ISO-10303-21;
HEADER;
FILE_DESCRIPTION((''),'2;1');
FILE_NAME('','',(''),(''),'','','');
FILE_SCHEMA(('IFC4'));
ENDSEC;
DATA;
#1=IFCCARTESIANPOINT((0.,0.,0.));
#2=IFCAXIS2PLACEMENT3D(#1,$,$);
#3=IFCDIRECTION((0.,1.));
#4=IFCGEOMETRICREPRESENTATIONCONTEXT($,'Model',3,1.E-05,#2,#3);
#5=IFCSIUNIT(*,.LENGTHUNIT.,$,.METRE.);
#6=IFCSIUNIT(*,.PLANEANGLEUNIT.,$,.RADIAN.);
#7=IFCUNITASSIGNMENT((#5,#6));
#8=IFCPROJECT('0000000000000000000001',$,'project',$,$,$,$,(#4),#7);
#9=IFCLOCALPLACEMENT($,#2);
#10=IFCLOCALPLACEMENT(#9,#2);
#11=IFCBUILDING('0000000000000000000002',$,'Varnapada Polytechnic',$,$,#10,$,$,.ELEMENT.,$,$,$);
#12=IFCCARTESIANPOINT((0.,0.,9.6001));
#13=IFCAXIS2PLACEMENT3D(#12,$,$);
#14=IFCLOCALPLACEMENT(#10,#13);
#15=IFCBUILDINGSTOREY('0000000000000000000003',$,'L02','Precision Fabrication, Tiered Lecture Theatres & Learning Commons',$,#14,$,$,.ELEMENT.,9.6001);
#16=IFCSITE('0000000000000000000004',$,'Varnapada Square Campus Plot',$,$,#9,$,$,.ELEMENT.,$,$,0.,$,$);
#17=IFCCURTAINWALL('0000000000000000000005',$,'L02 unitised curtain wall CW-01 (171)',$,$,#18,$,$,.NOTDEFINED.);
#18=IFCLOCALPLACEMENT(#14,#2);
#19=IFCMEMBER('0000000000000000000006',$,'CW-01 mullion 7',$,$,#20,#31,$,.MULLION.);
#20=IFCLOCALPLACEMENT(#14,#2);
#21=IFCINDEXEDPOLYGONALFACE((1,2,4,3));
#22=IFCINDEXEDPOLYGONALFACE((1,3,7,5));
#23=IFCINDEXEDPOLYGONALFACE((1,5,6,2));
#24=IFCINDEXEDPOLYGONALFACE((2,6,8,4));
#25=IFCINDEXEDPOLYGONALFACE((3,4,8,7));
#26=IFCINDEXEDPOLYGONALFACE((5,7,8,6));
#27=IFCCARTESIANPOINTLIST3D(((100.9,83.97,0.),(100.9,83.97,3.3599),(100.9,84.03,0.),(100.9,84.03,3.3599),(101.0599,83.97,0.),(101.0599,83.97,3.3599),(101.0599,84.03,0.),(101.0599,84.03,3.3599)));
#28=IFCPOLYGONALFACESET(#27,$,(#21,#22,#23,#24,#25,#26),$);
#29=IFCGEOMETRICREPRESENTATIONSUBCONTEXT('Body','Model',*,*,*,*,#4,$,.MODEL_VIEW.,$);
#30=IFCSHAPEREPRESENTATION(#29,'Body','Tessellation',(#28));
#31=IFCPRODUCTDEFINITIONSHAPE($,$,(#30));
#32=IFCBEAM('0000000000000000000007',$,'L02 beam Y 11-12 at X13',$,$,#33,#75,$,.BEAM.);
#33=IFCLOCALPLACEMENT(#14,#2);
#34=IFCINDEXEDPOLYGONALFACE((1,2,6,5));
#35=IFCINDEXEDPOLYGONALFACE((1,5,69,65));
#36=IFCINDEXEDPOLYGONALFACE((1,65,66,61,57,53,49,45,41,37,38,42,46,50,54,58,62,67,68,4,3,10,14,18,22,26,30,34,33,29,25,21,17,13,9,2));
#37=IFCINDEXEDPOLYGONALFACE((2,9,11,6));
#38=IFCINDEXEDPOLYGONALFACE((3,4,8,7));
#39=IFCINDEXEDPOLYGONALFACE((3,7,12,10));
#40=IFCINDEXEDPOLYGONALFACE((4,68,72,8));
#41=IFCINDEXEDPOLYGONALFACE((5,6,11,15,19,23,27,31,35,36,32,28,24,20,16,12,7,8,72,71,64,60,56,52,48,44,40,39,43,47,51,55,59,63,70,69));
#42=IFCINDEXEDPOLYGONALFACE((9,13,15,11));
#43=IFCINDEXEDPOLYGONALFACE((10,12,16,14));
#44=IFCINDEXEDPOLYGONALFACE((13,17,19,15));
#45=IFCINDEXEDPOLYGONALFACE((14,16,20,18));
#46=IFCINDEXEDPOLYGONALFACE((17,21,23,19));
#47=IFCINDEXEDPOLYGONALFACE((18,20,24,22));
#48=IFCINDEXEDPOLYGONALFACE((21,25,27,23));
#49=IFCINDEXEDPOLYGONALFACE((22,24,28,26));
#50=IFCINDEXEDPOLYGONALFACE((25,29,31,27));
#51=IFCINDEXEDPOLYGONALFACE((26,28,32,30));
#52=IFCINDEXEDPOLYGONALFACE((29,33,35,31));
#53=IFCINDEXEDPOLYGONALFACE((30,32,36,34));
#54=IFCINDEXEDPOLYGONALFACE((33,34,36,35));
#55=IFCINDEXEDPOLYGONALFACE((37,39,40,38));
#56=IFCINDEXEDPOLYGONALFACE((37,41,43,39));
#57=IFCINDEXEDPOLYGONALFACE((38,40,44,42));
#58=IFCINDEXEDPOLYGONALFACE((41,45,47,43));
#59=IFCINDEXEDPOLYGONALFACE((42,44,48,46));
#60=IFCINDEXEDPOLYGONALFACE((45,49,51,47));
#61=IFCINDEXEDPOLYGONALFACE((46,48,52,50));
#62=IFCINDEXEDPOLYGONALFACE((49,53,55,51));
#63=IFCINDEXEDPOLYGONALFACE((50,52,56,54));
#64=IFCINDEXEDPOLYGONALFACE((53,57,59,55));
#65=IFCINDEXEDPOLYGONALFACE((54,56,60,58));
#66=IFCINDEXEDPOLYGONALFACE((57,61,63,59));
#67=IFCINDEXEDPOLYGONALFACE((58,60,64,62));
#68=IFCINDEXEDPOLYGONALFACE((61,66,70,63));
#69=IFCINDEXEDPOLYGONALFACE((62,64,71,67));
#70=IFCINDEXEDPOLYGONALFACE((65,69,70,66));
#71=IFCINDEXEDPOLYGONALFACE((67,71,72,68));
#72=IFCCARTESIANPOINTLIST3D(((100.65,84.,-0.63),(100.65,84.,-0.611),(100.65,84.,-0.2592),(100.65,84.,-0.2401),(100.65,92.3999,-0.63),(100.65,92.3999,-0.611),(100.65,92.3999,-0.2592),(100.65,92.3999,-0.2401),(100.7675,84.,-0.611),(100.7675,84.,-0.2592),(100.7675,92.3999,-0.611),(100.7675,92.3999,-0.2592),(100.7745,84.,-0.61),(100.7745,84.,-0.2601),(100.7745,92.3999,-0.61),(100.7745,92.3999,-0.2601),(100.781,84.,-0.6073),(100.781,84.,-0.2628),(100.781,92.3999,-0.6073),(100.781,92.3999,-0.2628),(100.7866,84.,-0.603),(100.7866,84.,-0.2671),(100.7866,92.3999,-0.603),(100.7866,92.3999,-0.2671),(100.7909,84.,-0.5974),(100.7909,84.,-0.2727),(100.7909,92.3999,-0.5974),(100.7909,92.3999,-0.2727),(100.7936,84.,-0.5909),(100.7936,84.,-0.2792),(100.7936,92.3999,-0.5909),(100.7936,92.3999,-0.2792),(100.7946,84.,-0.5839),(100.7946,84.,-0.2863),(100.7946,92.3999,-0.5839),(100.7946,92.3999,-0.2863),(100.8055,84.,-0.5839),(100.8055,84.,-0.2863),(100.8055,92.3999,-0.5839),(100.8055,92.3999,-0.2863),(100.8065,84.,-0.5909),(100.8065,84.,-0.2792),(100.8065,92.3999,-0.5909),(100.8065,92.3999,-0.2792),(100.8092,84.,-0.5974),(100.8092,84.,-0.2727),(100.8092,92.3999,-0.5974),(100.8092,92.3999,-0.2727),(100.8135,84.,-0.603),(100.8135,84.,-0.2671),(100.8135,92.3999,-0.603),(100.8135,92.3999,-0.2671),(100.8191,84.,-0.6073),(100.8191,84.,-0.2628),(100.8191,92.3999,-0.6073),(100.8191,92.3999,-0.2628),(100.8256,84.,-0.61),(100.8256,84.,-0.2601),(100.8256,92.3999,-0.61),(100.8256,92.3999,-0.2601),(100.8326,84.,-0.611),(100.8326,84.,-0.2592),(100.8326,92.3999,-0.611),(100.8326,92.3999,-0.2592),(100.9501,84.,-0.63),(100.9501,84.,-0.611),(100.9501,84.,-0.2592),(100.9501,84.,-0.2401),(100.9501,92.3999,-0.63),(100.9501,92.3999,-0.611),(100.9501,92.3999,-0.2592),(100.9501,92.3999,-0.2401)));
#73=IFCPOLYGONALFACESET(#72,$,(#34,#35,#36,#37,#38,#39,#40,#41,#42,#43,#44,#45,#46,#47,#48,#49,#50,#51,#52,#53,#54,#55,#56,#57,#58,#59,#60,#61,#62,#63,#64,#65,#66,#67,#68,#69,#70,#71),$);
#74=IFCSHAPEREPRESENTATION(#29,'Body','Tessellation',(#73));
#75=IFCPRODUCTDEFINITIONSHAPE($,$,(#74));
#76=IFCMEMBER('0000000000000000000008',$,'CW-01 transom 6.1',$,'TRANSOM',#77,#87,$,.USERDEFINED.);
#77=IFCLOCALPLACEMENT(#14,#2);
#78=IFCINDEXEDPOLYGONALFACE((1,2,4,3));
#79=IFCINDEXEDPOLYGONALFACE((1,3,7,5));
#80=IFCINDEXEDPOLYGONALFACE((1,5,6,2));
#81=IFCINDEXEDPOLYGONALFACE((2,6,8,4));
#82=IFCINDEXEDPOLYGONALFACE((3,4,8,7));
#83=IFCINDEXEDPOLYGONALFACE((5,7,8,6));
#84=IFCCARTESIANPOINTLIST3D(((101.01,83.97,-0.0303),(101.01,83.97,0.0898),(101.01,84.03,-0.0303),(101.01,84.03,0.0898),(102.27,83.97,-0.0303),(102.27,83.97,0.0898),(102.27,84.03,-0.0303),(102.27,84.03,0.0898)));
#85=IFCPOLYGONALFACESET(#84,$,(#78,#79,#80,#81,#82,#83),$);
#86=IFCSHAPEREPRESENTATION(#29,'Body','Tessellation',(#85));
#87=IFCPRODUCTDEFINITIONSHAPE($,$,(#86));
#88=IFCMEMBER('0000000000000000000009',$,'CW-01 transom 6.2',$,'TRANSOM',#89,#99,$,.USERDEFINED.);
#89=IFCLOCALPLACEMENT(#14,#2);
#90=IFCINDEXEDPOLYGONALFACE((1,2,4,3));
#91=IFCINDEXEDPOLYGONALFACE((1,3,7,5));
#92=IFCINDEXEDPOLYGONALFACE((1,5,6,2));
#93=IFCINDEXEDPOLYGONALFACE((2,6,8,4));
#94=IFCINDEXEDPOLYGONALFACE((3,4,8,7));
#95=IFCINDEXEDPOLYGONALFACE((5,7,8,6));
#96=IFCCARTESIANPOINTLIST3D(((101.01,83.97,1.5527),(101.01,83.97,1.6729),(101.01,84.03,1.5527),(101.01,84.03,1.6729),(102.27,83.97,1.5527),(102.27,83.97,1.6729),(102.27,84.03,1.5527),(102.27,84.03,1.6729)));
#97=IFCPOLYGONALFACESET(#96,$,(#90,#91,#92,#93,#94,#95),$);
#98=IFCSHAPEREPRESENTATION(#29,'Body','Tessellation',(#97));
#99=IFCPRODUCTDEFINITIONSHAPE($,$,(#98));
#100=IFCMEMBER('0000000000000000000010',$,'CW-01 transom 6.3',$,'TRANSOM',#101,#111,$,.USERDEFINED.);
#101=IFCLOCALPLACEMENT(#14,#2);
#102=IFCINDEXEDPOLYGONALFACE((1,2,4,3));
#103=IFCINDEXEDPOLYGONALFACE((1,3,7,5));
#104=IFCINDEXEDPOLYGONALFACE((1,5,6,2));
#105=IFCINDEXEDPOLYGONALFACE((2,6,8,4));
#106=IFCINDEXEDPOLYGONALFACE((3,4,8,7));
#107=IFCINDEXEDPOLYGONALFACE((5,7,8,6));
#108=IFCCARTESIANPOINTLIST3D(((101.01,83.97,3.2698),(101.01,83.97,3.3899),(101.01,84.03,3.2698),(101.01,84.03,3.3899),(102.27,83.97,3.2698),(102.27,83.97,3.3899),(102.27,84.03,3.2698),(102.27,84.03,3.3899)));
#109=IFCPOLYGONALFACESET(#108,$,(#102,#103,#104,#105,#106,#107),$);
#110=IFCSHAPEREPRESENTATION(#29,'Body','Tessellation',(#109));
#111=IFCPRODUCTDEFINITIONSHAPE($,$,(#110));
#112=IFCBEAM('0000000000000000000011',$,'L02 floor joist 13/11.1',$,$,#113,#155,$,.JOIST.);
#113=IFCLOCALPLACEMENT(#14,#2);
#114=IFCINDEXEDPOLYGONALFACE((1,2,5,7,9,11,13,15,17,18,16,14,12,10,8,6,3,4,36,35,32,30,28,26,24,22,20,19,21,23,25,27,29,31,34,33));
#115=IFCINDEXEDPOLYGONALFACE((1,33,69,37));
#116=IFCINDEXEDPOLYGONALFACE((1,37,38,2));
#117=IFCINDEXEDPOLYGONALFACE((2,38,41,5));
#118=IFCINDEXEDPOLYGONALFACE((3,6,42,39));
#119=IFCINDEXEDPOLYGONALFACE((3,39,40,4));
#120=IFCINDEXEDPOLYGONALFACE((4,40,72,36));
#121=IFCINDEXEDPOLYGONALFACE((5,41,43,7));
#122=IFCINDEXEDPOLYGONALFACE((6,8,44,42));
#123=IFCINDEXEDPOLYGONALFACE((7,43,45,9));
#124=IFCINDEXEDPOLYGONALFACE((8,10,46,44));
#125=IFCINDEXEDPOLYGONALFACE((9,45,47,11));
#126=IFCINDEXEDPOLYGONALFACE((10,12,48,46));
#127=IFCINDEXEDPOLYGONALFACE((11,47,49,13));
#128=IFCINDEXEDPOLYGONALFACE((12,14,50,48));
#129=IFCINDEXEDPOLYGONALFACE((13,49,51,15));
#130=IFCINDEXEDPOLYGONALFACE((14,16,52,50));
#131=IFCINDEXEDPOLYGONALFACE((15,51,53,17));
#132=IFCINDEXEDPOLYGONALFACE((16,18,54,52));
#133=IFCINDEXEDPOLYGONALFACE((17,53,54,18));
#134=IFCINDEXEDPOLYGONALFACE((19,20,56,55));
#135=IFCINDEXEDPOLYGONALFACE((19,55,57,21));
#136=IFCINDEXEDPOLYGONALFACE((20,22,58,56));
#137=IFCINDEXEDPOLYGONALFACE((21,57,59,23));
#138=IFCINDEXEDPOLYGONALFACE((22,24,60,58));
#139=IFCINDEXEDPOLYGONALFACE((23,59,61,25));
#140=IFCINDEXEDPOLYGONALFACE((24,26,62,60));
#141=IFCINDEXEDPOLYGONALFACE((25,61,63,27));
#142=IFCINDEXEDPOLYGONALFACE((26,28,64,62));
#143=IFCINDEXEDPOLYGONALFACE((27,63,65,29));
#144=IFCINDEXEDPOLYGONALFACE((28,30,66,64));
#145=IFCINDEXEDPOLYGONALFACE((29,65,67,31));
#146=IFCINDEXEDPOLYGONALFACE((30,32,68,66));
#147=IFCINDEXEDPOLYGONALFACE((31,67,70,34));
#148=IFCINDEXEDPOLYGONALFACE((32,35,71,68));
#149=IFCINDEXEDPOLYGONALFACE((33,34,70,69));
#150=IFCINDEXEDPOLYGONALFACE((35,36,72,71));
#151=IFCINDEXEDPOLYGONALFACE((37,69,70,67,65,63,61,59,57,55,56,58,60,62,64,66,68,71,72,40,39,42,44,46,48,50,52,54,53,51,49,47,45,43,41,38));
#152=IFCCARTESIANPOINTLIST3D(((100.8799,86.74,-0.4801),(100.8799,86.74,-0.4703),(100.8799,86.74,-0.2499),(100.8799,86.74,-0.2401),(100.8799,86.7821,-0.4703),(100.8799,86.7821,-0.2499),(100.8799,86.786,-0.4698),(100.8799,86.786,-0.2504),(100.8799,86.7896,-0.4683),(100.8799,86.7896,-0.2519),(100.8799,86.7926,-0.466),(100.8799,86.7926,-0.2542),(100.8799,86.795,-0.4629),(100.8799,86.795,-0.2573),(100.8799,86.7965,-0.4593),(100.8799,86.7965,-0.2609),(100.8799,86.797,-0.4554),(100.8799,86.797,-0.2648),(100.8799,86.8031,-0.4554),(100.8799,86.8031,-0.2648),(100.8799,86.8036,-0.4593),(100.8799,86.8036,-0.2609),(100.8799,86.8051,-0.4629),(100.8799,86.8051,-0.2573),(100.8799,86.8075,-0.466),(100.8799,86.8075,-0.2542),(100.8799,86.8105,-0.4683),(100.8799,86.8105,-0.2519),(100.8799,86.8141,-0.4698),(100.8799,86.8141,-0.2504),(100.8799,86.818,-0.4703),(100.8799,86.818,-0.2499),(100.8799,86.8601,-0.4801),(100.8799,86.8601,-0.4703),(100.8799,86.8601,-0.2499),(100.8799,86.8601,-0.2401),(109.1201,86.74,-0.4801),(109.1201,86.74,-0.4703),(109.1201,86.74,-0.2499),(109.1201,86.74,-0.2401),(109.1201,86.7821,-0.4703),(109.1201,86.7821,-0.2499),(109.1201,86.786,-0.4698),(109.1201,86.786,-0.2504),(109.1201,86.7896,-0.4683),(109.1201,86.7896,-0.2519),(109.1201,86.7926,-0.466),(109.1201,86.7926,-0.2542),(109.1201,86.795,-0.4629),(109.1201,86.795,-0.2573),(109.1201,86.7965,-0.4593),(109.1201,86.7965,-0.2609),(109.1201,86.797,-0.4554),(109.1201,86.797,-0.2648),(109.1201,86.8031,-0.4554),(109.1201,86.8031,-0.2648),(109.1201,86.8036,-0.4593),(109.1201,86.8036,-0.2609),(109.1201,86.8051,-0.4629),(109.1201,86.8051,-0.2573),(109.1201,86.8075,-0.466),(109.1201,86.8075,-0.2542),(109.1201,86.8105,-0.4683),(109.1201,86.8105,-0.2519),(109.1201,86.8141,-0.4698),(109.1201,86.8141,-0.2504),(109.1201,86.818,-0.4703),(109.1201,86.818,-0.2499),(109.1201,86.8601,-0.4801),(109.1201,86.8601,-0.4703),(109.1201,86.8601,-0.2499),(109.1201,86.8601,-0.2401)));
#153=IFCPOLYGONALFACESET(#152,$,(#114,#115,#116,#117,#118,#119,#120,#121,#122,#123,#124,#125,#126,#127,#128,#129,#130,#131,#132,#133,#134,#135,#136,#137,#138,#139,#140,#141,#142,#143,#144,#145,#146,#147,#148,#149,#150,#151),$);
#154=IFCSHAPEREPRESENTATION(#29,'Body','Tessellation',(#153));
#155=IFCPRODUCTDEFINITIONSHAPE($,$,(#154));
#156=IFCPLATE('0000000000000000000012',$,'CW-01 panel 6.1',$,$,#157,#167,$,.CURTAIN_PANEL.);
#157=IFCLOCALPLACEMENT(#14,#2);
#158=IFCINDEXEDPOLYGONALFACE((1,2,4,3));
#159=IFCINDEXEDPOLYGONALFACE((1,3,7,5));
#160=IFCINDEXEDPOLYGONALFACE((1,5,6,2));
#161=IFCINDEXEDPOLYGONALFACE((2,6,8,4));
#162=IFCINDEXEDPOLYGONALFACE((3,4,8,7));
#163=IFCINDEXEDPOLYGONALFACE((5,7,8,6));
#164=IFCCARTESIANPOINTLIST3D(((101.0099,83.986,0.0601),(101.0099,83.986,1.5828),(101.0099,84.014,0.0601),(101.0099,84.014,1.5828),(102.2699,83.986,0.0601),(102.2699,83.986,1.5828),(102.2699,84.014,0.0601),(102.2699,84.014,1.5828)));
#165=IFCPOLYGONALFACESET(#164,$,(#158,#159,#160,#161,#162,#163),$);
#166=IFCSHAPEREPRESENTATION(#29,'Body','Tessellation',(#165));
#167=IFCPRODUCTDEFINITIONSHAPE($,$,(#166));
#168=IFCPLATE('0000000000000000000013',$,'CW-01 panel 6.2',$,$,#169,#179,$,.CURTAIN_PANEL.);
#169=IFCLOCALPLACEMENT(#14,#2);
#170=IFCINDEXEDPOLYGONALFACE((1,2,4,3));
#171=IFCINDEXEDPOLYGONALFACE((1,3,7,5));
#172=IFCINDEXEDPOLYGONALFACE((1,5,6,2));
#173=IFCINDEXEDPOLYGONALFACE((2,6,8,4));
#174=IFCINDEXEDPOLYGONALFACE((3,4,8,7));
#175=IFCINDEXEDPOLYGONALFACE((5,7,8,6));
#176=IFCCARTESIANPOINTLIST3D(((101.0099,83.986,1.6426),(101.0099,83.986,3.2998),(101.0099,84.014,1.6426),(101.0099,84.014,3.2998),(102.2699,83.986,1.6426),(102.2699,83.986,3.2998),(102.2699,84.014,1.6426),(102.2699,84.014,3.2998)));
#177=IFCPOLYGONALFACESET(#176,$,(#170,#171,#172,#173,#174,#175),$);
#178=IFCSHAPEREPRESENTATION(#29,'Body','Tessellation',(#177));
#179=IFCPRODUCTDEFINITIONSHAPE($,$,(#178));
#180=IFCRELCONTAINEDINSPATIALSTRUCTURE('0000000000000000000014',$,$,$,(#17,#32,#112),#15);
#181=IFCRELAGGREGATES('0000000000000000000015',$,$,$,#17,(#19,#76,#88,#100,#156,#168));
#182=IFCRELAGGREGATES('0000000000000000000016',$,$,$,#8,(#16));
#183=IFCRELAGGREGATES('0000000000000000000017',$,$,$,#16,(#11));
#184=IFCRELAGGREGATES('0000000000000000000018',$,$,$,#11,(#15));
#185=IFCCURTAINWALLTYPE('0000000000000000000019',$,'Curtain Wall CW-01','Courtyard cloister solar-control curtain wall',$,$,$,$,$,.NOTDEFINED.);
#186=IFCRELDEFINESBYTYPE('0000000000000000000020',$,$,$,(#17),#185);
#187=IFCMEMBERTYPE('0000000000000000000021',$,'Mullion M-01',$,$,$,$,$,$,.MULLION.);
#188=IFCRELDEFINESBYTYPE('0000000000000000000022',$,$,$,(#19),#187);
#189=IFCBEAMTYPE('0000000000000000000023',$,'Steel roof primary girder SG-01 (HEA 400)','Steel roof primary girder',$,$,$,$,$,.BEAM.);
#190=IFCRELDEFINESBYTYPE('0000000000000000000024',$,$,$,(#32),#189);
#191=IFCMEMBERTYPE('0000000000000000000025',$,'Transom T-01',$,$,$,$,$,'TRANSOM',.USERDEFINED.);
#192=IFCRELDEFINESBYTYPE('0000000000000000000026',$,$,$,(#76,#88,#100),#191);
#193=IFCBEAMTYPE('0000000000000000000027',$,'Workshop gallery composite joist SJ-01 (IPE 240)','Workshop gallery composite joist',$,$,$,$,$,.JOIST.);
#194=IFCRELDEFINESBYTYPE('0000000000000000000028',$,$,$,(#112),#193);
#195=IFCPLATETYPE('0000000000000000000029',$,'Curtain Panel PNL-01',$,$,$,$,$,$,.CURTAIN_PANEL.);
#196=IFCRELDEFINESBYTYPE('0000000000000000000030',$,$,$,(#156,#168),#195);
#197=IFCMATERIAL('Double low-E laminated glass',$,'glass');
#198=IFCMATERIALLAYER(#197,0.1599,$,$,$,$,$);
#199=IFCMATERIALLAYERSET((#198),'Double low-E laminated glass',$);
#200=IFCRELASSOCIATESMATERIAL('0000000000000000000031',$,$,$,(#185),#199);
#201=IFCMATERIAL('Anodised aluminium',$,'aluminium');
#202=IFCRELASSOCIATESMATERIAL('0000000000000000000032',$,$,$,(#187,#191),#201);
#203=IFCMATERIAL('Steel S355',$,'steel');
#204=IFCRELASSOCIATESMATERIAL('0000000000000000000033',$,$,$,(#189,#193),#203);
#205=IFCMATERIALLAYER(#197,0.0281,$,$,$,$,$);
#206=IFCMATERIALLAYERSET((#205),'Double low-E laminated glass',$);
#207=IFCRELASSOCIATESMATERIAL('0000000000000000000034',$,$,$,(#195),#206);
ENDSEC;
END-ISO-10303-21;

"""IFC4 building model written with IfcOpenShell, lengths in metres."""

from ifc_helpers import new_model, si_unit, direction, frame, origin, origin_2d, place, context, subcontext, project, spatial, rectangle, i_section, extrude, material, layer, layer_set, material_profile, profile_set, type_object, element, aggregate, save


model = new_model("IFC4")

# Units and contexts
model_context = context("Model", 3, precision=1e-05, world=origin(), true_north=direction((0.0, 1.0)))
body_context = subcontext(model_context, "Body", "Model", "MODEL_VIEW")
ifc_project = project(units=[si_unit("LENGTHUNIT", "METRE"), si_unit("PLANEANGLEUNIT", "RADIAN")], contexts=[model_context])

# Site, building, storey
site_placement = place(None, origin())
site = spatial("IfcSite", under=ifc_project, at=site_placement, Name="Varnapada Square Campus Plot", CompositionType="ELEMENT", RefElevation=0.0)
building_placement = place(site_placement, origin())
building = spatial("IfcBuilding", under=site, at=building_placement, Name="Varnapada Polytechnic", CompositionType="ELEMENT")
storey_placement = place(building_placement, frame((0.0, 0.0, 9.6001)))
storey = spatial("IfcBuildingStorey", under=building, at=storey_placement, Name="L02", Description="Precision Fabrication, Tiered Lecture Theatres & Learning Commons", CompositionType="ELEMENT", Elevation=9.6001)

# Curtain wall, member
ifc_material_1 = material(Name="Double low-E laminated glass", Category="glass")
ifc_layer_1 = layer(ifc_material_1, 0.1599)
ifc_layer_set_1 = layer_set([ifc_layer_1], Name="Double low-E laminated glass")
curtain_wall_type = type_object("IfcCurtainWallType", Name="Curtain Wall CW-01", Description="Courtyard cloister solar-control curtain wall", PredefinedType="NOTDEFINED", material=ifc_layer_set_1)
curtain_wall_placement = place(storey_placement, origin())
curtain_wall = element("IfcCurtainWall", 1, at=curtain_wall_placement, inside=storey, type_object=curtain_wall_type, Name="L02 unitised curtain wall CW-01 (171)", PredefinedType="NOTDEFINED")
ifc_material_2 = material(Name="Anodised aluminium", Category="aluminium")
ifc_material_profile_1 = material_profile(ifc_material_2, rectangle(XDim=0.0601, YDim=0.1599, at=origin_2d()), Name="ALU M60x160")
ifc_profile_set_1 = profile_set([ifc_material_profile_1], Name="Anodised aluminium")
member_type_1 = type_object("IfcMemberType", Name="Mullion M-01", PredefinedType="MULLION", material=ifc_profile_set_1)
member_1_placement = place(storey_placement, frame((100.98, 84.0, 0.0), z_axis=(0.0, 0.0, 1.0), x_axis=(0.0, -1.0, 0.0)))
member_1 = element("IfcMember", 2, at=member_1_placement, type_object=member_type_1, Name="CW-01 mullion 7", PredefinedType="MULLION", context=body_context, shape_type="SweptSolid", body=[
    extrude(rectangle(XDim=0.0601, YDim=0.1599, at=origin_2d()), origin(), (0.0, 0.0, 1.0), 3.3599),
])

# Beam
ifc_material_3 = material(Name="Steel S355", Category="steel")
ifc_material_profile_2 = material_profile(ifc_material_3, i_section(OverallWidth=0.3, OverallDepth=0.3899, WebThickness=0.011, FlangeThickness=0.019, FilletRadius=0.0271, at=origin_2d()), Name="HEA 400")
ifc_profile_set_2 = profile_set([ifc_material_profile_2], Name="Steel S355")
beam_type_1 = type_object("IfcBeamType", Name="Steel roof primary girder SG-01 (HEA 400)", Description="Steel roof primary girder", PredefinedType="BEAM", material=ifc_profile_set_2)
beam_1_placement = place(storey_placement, frame((100.8, 84.0, -0.4351), z_axis=(0.0, 1.0, 0.0), x_axis=(-1.0, 0.0, 0.0)))
element("IfcBeam", 3, at=beam_1_placement, inside=storey, type_object=beam_type_1, Name="L02 beam Y 11-12 at X13", PredefinedType="BEAM", context=body_context, shape_type="SweptSolid", body=[
    extrude(i_section(OverallWidth=0.3, OverallDepth=0.3899, WebThickness=0.011, FlangeThickness=0.019, FilletRadius=0.0271, at=origin_2d()), origin(), (0.0, 0.0, 1.0), 8.3999),
])

# Members
ifc_material_profile_3 = material_profile(ifc_material_2, rectangle(XDim=0.0601, YDim=0.1201, at=origin_2d()), Name="ALU T60x120")
ifc_profile_set_3 = profile_set([ifc_material_profile_3], Name="Anodised aluminium")
member_type_2 = type_object("IfcMemberType", Name="Transom T-01", ElementType="TRANSOM", PredefinedType="USERDEFINED", material=ifc_profile_set_3)
member_2_placement = place(storey_placement, frame((102.27, 84.0, 0.0298), z_axis=(-1.0, 0.0, 0.0), x_axis=(0.0, -1.0, 0.0)))
member_2 = element("IfcMember", 4, at=member_2_placement, type_object=member_type_2, Name="CW-01 transom 6.1", ObjectType="TRANSOM", PredefinedType="USERDEFINED", context=body_context, shape_type="SweptSolid", body=[
    extrude(rectangle(XDim=0.0601, YDim=0.1201, at=origin_2d()), origin(), (0.0, 0.0, 1.0), 1.26),
])
member_3_placement = place(storey_placement, frame((102.27, 84.0, 1.6128), z_axis=(-1.0, 0.0, 0.0), x_axis=(0.0, -1.0, 0.0)))
member_3 = element("IfcMember", 5, at=member_3_placement, type_object=member_type_2, Name="CW-01 transom 6.2", ObjectType="TRANSOM", PredefinedType="USERDEFINED", context=body_context, shape_type="SweptSolid", body=[
    extrude(rectangle(XDim=0.0601, YDim=0.1201, at=origin_2d()), origin(), (0.0, 0.0, 1.0), 1.26),
])
member_4_placement = place(storey_placement, frame((102.27, 84.0, 3.3298), z_axis=(-1.0, 0.0, 0.0), x_axis=(0.0, -1.0, 0.0)))
member_4 = element("IfcMember", 6, at=member_4_placement, type_object=member_type_2, Name="CW-01 transom 6.3", ObjectType="TRANSOM", PredefinedType="USERDEFINED", context=body_context, shape_type="SweptSolid", body=[
    extrude(rectangle(XDim=0.0601, YDim=0.1201, at=origin_2d()), origin(), (0.0, 0.0, 1.0), 1.26),
])

# Beam
ifc_material_profile_4 = material_profile(ifc_material_3, i_section(OverallWidth=0.1201, OverallDepth=0.24, WebThickness=0.0061, FlangeThickness=0.0098, FilletRadius=0.0149, at=origin_2d()), Name="IPE 240")
ifc_profile_set_4 = profile_set([ifc_material_profile_4], Name="Steel S355")
beam_type_2 = type_object("IfcBeamType", Name="Workshop gallery composite joist SJ-01 (IPE 240)", Description="Workshop gallery composite joist", PredefinedType="JOIST", material=ifc_profile_set_4)
beam_2_placement = place(storey_placement, frame((100.8799, 86.8, -0.3601), z_axis=(1.0, 0.0, 0.0), x_axis=(0.0, 1.0, 0.0)))
element("IfcBeam", 7, at=beam_2_placement, inside=storey, type_object=beam_type_2, Name="L02 floor joist 13/11.1", PredefinedType="JOIST", context=body_context, shape_type="SweptSolid", body=[
    extrude(i_section(OverallWidth=0.1201, OverallDepth=0.24, WebThickness=0.0061, FlangeThickness=0.0098, FilletRadius=0.0149, at=origin_2d()), origin(), (0.0, 0.0, 1.0), 8.2402),
])

# Plates
ifc_layer_2 = layer(ifc_material_1, 0.0281)
ifc_layer_set_2 = layer_set([ifc_layer_2], Name="Double low-E laminated glass")
plate_type = type_object("IfcPlateType", Name="Curtain Panel PNL-01", PredefinedType="CURTAIN_PANEL", material=ifc_layer_set_2)
plate_1_placement = place(storey_placement, frame((101.6399, 84.0, 0.0601), z_axis=(0.0, 0.0, 1.0), x_axis=(-1.0, 0.0, 0.0)))
plate_1 = element("IfcPlate", 8, at=plate_1_placement, type_object=plate_type, Name="CW-01 panel 6.1", PredefinedType="CURTAIN_PANEL", context=body_context, shape_type="SweptSolid", body=[
    extrude(rectangle(XDim=1.26, YDim=0.0281, at=origin_2d()), origin(), (0.0, 0.0, 1.0), 1.5227),
])
plate_2_placement = place(storey_placement, frame((101.6399, 84.0, 1.6426), z_axis=(0.0, 0.0, 1.0), x_axis=(-1.0, 0.0, 0.0)))
plate_2 = element("IfcPlate", 9, at=plate_2_placement, type_object=plate_type, Name="CW-01 panel 6.2", PredefinedType="CURTAIN_PANEL", context=body_context, shape_type="SweptSolid", body=[
    extrude(rectangle(XDim=1.26, YDim=0.0281, at=origin_2d()), origin(), (0.0, 0.0, 1.0), 1.6572),
])
aggregate(curtain_wall, [member_1, member_2, member_3, member_4, plate_1, plate_2])

save(model, "model.ifc")
